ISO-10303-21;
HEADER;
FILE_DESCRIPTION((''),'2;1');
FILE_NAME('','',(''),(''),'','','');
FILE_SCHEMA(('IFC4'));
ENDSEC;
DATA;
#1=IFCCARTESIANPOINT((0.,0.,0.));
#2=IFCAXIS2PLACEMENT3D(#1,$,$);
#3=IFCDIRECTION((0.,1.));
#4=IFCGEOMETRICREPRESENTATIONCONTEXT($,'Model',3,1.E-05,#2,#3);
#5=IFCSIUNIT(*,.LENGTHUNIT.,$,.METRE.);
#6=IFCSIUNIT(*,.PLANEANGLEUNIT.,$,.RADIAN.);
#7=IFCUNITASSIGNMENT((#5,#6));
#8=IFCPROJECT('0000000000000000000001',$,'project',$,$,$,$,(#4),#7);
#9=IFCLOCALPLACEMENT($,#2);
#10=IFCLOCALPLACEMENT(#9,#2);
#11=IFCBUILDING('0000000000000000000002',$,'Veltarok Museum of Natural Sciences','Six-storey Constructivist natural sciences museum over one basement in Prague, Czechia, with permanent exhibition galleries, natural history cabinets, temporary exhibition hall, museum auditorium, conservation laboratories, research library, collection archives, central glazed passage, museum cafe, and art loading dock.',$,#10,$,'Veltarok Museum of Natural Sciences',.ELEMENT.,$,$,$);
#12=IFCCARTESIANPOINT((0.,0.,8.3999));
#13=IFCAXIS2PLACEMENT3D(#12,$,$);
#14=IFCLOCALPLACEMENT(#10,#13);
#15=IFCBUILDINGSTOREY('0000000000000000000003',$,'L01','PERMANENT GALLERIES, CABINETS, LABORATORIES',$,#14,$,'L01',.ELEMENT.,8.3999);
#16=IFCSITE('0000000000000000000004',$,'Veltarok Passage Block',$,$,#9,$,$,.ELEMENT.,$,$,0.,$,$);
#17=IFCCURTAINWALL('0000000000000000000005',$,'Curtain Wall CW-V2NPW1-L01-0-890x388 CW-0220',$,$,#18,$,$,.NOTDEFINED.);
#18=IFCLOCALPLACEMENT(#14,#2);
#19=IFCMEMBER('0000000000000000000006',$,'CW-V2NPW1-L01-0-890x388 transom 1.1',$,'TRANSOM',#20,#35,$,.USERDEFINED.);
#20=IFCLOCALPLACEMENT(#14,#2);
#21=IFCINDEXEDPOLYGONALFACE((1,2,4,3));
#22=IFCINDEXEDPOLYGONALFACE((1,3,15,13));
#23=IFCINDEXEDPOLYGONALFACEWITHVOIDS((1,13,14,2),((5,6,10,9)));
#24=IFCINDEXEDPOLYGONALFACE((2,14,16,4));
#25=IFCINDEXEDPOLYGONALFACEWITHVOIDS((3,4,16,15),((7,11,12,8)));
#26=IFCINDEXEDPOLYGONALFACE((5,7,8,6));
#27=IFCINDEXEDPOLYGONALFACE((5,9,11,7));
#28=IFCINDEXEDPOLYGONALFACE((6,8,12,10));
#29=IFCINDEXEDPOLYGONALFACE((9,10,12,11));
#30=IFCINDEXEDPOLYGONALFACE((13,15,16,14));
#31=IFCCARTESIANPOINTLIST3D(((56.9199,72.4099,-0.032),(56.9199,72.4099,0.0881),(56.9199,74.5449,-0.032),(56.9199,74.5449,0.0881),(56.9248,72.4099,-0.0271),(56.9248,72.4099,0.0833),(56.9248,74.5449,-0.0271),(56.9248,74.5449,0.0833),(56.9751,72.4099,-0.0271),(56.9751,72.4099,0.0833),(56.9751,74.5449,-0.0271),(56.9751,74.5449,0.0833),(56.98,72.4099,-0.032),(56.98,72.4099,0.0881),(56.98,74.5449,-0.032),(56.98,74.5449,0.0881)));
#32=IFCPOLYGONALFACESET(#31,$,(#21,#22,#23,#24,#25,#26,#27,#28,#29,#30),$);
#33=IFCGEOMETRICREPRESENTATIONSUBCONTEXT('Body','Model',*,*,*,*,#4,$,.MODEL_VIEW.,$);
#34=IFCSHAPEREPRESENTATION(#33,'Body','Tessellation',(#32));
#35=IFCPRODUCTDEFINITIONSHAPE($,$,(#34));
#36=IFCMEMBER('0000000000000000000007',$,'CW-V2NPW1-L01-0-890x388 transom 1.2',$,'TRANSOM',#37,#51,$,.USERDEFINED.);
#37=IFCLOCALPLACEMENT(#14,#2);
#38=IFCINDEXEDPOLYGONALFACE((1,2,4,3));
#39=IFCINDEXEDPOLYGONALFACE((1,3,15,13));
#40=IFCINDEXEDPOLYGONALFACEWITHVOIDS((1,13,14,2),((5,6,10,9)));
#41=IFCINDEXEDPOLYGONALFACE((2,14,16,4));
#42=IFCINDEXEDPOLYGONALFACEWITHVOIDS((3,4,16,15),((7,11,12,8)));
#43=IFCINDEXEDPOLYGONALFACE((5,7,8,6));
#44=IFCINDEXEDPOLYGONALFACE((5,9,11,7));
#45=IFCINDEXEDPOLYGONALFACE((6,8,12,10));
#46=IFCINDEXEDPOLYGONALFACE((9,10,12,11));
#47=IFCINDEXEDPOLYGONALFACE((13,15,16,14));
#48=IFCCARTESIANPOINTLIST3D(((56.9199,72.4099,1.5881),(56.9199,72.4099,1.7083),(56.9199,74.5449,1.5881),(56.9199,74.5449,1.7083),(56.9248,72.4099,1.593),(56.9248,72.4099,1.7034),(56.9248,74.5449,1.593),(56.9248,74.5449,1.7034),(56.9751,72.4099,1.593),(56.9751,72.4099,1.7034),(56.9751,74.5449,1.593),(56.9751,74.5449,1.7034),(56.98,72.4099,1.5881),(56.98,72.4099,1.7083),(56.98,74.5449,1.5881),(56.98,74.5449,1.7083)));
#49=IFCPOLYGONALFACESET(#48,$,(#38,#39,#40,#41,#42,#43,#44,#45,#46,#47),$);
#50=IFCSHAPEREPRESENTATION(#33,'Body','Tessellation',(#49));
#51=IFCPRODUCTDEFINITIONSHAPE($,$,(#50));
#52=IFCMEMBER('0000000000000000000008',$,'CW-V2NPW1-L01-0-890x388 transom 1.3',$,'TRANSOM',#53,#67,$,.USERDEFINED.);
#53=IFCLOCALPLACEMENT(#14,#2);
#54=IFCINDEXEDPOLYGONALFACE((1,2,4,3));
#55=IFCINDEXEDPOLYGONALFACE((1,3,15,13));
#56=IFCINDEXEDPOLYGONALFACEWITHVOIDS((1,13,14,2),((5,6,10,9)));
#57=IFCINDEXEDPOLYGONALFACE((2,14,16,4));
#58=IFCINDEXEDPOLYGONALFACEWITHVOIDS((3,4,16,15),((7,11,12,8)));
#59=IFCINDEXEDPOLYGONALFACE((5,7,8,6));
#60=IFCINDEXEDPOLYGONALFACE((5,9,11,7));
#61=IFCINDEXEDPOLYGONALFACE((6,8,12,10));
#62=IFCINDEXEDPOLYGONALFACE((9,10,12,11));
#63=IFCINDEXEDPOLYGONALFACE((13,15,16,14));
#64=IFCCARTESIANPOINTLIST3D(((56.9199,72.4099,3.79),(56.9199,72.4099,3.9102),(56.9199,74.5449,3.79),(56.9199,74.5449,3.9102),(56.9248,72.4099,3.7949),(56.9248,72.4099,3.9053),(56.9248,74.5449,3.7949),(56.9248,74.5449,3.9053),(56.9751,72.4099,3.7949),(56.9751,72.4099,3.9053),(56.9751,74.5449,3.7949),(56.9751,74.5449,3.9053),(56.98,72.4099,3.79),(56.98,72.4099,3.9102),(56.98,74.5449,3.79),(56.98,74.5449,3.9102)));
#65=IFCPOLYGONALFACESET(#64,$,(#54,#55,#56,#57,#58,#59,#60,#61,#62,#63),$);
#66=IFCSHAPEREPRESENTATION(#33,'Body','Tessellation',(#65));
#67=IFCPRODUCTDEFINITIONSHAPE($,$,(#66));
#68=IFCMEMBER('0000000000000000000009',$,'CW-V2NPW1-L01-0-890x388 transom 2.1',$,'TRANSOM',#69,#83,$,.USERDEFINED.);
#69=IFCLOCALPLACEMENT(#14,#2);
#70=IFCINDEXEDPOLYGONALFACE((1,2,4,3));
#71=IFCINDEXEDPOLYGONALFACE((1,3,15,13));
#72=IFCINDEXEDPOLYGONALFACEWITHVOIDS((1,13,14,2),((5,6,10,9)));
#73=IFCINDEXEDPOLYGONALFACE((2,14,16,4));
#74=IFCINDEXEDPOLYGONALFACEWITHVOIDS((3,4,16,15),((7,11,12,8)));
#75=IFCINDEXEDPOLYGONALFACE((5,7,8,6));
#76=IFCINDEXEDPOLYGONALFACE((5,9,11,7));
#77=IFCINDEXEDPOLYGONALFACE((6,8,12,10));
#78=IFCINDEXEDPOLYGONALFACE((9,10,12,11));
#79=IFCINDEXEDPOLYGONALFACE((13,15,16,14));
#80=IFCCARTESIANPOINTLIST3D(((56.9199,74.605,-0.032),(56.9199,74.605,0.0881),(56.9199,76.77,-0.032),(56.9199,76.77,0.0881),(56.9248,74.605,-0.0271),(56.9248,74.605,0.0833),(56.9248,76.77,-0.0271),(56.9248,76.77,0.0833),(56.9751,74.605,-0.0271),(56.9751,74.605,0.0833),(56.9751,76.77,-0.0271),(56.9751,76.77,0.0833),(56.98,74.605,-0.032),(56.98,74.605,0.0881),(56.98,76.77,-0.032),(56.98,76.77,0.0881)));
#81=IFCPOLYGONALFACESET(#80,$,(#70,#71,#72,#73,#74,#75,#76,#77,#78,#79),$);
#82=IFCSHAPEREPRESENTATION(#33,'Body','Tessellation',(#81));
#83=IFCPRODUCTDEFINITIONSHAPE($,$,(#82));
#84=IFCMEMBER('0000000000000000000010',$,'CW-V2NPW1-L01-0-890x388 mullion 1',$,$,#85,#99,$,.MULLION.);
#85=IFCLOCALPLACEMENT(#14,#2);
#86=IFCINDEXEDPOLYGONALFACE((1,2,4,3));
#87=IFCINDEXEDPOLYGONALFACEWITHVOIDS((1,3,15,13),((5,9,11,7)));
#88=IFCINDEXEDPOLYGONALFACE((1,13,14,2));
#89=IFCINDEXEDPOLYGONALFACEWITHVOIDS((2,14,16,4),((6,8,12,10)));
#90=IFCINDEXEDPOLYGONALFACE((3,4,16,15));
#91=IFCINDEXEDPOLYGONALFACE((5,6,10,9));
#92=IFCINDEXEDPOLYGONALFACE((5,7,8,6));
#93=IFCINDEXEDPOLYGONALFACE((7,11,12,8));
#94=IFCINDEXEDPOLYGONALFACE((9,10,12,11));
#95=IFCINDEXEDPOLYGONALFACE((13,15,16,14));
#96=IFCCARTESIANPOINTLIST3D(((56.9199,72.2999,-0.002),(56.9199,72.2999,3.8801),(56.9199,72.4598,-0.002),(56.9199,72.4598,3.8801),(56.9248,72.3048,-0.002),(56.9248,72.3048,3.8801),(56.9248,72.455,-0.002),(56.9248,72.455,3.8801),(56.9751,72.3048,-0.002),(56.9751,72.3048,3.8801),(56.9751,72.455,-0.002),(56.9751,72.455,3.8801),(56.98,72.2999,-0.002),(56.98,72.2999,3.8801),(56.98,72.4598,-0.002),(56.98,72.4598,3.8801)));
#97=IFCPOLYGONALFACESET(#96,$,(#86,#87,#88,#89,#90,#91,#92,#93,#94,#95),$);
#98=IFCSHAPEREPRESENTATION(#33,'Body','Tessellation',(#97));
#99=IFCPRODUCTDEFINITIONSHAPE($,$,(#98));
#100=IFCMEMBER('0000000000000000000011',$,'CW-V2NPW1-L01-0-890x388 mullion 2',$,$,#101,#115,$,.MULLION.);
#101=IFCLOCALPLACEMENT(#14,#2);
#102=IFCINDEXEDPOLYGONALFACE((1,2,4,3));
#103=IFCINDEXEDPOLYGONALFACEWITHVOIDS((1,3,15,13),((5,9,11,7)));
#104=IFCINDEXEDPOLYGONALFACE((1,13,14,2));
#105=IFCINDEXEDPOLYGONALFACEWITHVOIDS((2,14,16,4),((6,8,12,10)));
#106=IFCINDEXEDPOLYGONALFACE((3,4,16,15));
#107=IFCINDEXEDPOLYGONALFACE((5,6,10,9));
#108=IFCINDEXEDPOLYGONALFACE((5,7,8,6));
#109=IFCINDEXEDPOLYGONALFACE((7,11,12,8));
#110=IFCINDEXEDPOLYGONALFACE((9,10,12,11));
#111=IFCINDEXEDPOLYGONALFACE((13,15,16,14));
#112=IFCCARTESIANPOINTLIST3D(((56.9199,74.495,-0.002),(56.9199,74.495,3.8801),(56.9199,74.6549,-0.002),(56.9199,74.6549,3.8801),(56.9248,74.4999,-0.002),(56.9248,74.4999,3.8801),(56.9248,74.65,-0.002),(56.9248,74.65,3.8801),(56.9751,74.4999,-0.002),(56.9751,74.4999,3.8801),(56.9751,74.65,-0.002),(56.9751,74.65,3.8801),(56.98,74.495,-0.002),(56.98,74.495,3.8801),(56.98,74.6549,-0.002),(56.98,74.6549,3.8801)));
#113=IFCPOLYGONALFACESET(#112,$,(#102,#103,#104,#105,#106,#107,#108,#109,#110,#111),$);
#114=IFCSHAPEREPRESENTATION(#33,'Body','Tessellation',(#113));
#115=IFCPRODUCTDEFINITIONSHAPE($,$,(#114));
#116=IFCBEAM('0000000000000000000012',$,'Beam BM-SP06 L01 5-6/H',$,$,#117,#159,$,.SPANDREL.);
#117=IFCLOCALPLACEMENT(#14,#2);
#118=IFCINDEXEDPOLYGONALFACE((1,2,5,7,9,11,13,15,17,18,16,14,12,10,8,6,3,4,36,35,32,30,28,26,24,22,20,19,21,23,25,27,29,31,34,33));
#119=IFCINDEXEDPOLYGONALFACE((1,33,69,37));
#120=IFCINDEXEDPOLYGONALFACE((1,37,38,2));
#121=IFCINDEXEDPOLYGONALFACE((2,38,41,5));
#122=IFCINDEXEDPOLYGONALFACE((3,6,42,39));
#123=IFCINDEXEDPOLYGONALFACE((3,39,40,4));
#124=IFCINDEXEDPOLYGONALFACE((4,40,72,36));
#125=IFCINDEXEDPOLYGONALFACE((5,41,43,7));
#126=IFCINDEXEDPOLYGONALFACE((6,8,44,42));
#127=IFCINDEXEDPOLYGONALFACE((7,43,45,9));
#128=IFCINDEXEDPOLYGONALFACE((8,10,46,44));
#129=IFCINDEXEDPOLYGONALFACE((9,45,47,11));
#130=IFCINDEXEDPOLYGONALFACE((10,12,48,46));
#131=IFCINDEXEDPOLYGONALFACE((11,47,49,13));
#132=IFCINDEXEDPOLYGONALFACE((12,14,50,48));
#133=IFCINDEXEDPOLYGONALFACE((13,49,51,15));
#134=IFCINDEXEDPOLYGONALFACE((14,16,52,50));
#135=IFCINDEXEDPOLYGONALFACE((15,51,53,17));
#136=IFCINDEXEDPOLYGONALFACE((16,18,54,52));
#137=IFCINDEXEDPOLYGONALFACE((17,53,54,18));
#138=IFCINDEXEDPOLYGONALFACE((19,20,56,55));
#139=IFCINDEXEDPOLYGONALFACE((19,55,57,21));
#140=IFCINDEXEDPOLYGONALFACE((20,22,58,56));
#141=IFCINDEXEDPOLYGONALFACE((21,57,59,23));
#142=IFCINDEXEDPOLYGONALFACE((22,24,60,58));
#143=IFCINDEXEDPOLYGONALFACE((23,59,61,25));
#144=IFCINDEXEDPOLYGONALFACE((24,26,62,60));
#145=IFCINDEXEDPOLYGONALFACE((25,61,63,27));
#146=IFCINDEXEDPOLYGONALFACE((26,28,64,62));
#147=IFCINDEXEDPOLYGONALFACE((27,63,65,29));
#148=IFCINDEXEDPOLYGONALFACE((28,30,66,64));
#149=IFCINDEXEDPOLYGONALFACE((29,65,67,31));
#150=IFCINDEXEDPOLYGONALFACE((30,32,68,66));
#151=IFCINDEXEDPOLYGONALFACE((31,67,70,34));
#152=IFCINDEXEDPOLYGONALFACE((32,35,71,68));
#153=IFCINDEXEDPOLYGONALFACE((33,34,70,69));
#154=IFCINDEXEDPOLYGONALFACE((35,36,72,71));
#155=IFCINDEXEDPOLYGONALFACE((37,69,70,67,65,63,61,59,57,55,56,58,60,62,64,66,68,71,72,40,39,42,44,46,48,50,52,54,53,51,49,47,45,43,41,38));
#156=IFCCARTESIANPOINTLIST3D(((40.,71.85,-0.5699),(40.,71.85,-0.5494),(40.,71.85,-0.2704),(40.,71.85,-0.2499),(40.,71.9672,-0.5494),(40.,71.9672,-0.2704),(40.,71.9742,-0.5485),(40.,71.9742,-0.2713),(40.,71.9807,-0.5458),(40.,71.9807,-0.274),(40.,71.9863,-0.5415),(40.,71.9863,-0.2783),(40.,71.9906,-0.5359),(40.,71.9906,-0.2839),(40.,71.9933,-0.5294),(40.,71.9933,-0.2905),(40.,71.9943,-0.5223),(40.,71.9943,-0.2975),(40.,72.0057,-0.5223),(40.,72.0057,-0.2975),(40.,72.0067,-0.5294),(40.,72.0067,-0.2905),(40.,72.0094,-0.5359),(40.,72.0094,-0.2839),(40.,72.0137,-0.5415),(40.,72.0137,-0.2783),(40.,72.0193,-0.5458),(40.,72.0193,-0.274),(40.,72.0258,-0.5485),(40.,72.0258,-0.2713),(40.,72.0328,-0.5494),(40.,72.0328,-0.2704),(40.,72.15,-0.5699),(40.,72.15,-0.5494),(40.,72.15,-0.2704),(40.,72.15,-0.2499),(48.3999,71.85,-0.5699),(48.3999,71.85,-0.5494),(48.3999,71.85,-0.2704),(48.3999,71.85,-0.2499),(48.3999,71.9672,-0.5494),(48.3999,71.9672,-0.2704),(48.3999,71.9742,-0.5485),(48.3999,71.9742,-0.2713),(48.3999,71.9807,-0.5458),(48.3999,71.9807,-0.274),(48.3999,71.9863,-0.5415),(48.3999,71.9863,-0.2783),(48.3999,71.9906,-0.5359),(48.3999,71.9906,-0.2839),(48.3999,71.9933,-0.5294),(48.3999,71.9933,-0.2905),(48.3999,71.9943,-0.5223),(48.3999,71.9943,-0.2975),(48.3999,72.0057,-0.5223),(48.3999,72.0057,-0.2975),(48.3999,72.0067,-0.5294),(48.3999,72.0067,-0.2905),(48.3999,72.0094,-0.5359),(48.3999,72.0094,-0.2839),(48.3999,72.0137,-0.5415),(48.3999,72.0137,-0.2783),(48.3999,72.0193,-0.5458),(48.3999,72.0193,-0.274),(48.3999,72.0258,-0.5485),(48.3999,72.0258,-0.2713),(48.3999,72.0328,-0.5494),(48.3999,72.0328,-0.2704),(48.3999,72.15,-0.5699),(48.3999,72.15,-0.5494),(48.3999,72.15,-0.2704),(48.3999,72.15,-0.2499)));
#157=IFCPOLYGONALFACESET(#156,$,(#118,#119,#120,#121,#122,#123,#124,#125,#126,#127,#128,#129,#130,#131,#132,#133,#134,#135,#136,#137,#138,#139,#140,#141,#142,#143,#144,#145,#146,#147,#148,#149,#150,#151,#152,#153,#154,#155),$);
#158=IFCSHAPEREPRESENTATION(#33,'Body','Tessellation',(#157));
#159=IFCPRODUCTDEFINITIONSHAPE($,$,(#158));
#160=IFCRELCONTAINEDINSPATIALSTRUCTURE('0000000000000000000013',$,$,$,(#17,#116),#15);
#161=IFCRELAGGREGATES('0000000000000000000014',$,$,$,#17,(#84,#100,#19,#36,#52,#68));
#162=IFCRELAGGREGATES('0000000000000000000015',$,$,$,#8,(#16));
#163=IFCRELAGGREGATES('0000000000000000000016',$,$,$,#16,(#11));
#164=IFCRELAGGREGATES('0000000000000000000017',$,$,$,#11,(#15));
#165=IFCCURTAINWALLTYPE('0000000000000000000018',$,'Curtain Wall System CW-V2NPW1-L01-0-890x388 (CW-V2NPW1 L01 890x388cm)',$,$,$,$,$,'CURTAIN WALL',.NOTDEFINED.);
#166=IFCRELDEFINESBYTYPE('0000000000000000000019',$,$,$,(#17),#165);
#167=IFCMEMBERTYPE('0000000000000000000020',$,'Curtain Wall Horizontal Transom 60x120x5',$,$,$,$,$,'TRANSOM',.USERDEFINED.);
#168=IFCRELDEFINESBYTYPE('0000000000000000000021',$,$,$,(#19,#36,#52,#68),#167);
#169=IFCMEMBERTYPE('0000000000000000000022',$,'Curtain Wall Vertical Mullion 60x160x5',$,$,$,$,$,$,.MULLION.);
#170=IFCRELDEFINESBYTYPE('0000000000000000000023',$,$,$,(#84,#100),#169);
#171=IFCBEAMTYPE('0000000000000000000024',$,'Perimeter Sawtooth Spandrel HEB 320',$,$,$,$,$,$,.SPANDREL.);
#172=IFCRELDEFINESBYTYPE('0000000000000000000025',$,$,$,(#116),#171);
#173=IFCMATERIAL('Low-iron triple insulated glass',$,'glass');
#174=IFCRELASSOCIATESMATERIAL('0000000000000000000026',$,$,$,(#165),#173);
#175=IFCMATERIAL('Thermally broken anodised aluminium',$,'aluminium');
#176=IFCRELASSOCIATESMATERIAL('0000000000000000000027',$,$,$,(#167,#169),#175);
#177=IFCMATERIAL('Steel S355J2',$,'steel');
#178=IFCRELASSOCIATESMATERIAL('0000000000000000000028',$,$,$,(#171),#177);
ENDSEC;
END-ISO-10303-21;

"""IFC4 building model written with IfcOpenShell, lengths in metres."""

from ifc_helpers import new_model, si_unit, direction, frame, origin, origin_2d, place, context, subcontext, project, spatial, hollow_rectangle, i_section, extrude, material, material_profile, profile_set, type_object, element, aggregate, save


model = new_model("IFC4")

# Units and contexts
model_context = context("Model", 3, precision=1e-05, world=origin(), true_north=direction((0.0, 1.0)))
body_context = subcontext(model_context, "Body", "Model", "MODEL_VIEW")
ifc_project = project(units=[si_unit("LENGTHUNIT", "METRE"), si_unit("PLANEANGLEUNIT", "RADIAN")], contexts=[model_context])

# Site, building, storey
site_placement = place(None, origin())
site = spatial("IfcSite", under=ifc_project, at=site_placement, Name="Veltarok Passage Block", CompositionType="ELEMENT", RefElevation=0.0)
building_placement = place(site_placement, origin())
building = spatial("IfcBuilding", under=site, at=building_placement, Name="Veltarok Museum of Natural Sciences", Description="Six-storey Constructivist natural sciences museum over one basement in Prague, Czechia, with permanent exhibition galleries, natural history cabinets, temporary exhibition hall, museum auditorium, conservation laboratories, research library, collection archives, central glazed passage, museum cafe, and art loading dock.", LongName="Veltarok Museum of Natural Sciences", CompositionType="ELEMENT")
storey_placement = place(building_placement, frame((0.0, 0.0, 8.3999)))
storey = spatial("IfcBuildingStorey", under=building, at=storey_placement, Name="L01", Description="PERMANENT GALLERIES, CABINETS, LABORATORIES", LongName="L01", CompositionType="ELEMENT", Elevation=8.3999)

# Shared definitions
ifc_material_1 = material(Name="Steel S355J2", Category="steel")

# Curtain wall, members
ifc_material_2 = material(Name="Low-iron triple insulated glass", Category="glass")
curtain_wall_type = type_object("IfcCurtainWallType", Name="Curtain Wall System CW-V2NPW1-L01-0-890x388 (CW-V2NPW1 L01 890x388cm)", ElementType="CURTAIN WALL", PredefinedType="NOTDEFINED", material=ifc_material_2)
curtain_wall_placement = place(storey_placement, origin())
curtain_wall = element("IfcCurtainWall", 1, at=curtain_wall_placement, inside=storey, type_object=curtain_wall_type, Name="Curtain Wall CW-V2NPW1-L01-0-890x388 CW-0220", PredefinedType="NOTDEFINED")
ifc_material_3 = material(Name="Thermally broken anodised aluminium", Category="aluminium")
ifc_material_profile_1 = material_profile(ifc_material_3, hollow_rectangle(XDim=0.0601, YDim=0.1201, WallThickness=0.0049, at=origin_2d()), Name="CW TRANSOM 60x120x5")
ifc_profile_set_1 = profile_set([ifc_material_profile_1], Name="Thermally broken anodised aluminium")
member_type_1 = type_object("IfcMemberType", Name="Curtain Wall Horizontal Transom 60x120x5", ElementType="TRANSOM", PredefinedType="USERDEFINED", material=ifc_profile_set_1)
member_1_placement = place(storey_placement, frame((56.95, 72.4099, 0.0281), z_axis=(0.0, 1.0, 0.0), x_axis=(-1.0, 0.0, 0.0)))
member_1 = element("IfcMember", 2, at=member_1_placement, type_object=member_type_1, Name="CW-V2NPW1-L01-0-890x388 transom 1.1", ObjectType="TRANSOM", PredefinedType="USERDEFINED", context=body_context, shape_type="SweptSolid", body=[
    extrude(hollow_rectangle(XDim=0.0601, YDim=0.1201, WallThickness=0.0049, at=origin_2d()), origin(), (0.0, 0.0, 1.0), 2.135),
])
member_2_placement = place(storey_placement, frame((56.95, 72.4099, 1.6482), z_axis=(0.0, 1.0, 0.0), x_axis=(-1.0, 0.0, 0.0)))
member_2 = element("IfcMember", 3, at=member_2_placement, type_object=member_type_1, Name="CW-V2NPW1-L01-0-890x388 transom 1.2", ObjectType="TRANSOM", PredefinedType="USERDEFINED", context=body_context, shape_type="SweptSolid", body=[
    extrude(hollow_rectangle(XDim=0.0601, YDim=0.1201, WallThickness=0.0049, at=origin_2d()), origin(), (0.0, 0.0, 1.0), 2.135),
])
member_3_placement = place(storey_placement, frame((56.95, 72.4099, 3.8501), z_axis=(0.0, 1.0, 0.0), x_axis=(-1.0, 0.0, 0.0)))
member_3 = element("IfcMember", 4, at=member_3_placement, type_object=member_type_1, Name="CW-V2NPW1-L01-0-890x388 transom 1.3", ObjectType="TRANSOM", PredefinedType="USERDEFINED", context=body_context, shape_type="SweptSolid", body=[
    extrude(hollow_rectangle(XDim=0.0601, YDim=0.1201, WallThickness=0.0049, at=origin_2d()), origin(), (0.0, 0.0, 1.0), 2.135),
])
member_4_placement = place(storey_placement, frame((56.95, 74.605, 0.0281), z_axis=(0.0, 1.0, 0.0), x_axis=(-1.0, 0.0, 0.0)))
member_4 = element("IfcMember", 5, at=member_4_placement, type_object=member_type_1, Name="CW-V2NPW1-L01-0-890x388 transom 2.1", ObjectType="TRANSOM", PredefinedType="USERDEFINED", context=body_context, shape_type="SweptSolid", body=[
    extrude(hollow_rectangle(XDim=0.0601, YDim=0.1201, WallThickness=0.0049, at=origin_2d()), origin(), (0.0, 0.0, 1.0), 2.165),
])
ifc_material_profile_2 = material_profile(ifc_material_3, hollow_rectangle(XDim=0.0601, YDim=0.1599, WallThickness=0.0049, at=origin_2d()), Name="CW MULLION 60x160x5")
ifc_profile_set_2 = profile_set([ifc_material_profile_2], Name="Thermally broken anodised aluminium")
member_type_2 = type_object("IfcMemberType", Name="Curtain Wall Vertical Mullion 60x160x5", PredefinedType="MULLION", material=ifc_profile_set_2)
member_5_placement = place(storey_placement, frame((56.95, 72.3799, -0.002), z_axis=(0.0, 0.0, 1.0), x_axis=(-1.0, 0.0, 0.0)))
member_5 = element("IfcMember", 6, at=member_5_placement, type_object=member_type_2, Name="CW-V2NPW1-L01-0-890x388 mullion 1", PredefinedType="MULLION", context=body_context, shape_type="SweptSolid", body=[
    extrude(hollow_rectangle(XDim=0.0601, YDim=0.1599, WallThickness=0.0049, at=origin_2d()), origin(), (0.0, 0.0, 1.0), 3.8821),
])
member_6_placement = place(storey_placement, frame((56.95, 74.575, -0.002), z_axis=(0.0, 0.0, 1.0), x_axis=(-1.0, 0.0, 0.0)))
member_6 = element("IfcMember", 7, at=member_6_placement, type_object=member_type_2, Name="CW-V2NPW1-L01-0-890x388 mullion 2", PredefinedType="MULLION", context=body_context, shape_type="SweptSolid", body=[
    extrude(hollow_rectangle(XDim=0.0601, YDim=0.1599, WallThickness=0.0049, at=origin_2d()), origin(), (0.0, 0.0, 1.0), 3.8821),
])

# Beam
ifc_material_profile_3 = material_profile(ifc_material_1, i_section(OverallWidth=0.3, OverallDepth=0.3201, WebThickness=0.0115, FlangeThickness=0.0205, FilletRadius=0.0271, at=origin_2d()), Name="HEB 320")
ifc_profile_set_3 = profile_set([ifc_material_profile_3], Name="Steel S355J2")
beam_type = type_object("IfcBeamType", Name="Perimeter Sawtooth Spandrel HEB 320", PredefinedType="SPANDREL", material=ifc_profile_set_3)
beam_1_placement = place(storey_placement, frame((40.0, 72.0, -0.4099), z_axis=(1.0, 0.0, 0.0), x_axis=(0.0, 1.0, 0.0)))
element("IfcBeam", 8, at=beam_1_placement, inside=storey, type_object=beam_type, Name="Beam BM-SP06 L01 5-6/H", PredefinedType="SPANDREL", context=body_context, shape_type="SweptSolid", body=[
    extrude(i_section(OverallWidth=0.3, OverallDepth=0.3201, WebThickness=0.0115, FlangeThickness=0.0205, FilletRadius=0.0271, at=origin_2d()), origin(), (0.0, 0.0, 1.0), 8.3999),
])

aggregate(curtain_wall, [member_5, member_6, member_1, member_2, member_3, member_4])

save(model, "model.ifc")
